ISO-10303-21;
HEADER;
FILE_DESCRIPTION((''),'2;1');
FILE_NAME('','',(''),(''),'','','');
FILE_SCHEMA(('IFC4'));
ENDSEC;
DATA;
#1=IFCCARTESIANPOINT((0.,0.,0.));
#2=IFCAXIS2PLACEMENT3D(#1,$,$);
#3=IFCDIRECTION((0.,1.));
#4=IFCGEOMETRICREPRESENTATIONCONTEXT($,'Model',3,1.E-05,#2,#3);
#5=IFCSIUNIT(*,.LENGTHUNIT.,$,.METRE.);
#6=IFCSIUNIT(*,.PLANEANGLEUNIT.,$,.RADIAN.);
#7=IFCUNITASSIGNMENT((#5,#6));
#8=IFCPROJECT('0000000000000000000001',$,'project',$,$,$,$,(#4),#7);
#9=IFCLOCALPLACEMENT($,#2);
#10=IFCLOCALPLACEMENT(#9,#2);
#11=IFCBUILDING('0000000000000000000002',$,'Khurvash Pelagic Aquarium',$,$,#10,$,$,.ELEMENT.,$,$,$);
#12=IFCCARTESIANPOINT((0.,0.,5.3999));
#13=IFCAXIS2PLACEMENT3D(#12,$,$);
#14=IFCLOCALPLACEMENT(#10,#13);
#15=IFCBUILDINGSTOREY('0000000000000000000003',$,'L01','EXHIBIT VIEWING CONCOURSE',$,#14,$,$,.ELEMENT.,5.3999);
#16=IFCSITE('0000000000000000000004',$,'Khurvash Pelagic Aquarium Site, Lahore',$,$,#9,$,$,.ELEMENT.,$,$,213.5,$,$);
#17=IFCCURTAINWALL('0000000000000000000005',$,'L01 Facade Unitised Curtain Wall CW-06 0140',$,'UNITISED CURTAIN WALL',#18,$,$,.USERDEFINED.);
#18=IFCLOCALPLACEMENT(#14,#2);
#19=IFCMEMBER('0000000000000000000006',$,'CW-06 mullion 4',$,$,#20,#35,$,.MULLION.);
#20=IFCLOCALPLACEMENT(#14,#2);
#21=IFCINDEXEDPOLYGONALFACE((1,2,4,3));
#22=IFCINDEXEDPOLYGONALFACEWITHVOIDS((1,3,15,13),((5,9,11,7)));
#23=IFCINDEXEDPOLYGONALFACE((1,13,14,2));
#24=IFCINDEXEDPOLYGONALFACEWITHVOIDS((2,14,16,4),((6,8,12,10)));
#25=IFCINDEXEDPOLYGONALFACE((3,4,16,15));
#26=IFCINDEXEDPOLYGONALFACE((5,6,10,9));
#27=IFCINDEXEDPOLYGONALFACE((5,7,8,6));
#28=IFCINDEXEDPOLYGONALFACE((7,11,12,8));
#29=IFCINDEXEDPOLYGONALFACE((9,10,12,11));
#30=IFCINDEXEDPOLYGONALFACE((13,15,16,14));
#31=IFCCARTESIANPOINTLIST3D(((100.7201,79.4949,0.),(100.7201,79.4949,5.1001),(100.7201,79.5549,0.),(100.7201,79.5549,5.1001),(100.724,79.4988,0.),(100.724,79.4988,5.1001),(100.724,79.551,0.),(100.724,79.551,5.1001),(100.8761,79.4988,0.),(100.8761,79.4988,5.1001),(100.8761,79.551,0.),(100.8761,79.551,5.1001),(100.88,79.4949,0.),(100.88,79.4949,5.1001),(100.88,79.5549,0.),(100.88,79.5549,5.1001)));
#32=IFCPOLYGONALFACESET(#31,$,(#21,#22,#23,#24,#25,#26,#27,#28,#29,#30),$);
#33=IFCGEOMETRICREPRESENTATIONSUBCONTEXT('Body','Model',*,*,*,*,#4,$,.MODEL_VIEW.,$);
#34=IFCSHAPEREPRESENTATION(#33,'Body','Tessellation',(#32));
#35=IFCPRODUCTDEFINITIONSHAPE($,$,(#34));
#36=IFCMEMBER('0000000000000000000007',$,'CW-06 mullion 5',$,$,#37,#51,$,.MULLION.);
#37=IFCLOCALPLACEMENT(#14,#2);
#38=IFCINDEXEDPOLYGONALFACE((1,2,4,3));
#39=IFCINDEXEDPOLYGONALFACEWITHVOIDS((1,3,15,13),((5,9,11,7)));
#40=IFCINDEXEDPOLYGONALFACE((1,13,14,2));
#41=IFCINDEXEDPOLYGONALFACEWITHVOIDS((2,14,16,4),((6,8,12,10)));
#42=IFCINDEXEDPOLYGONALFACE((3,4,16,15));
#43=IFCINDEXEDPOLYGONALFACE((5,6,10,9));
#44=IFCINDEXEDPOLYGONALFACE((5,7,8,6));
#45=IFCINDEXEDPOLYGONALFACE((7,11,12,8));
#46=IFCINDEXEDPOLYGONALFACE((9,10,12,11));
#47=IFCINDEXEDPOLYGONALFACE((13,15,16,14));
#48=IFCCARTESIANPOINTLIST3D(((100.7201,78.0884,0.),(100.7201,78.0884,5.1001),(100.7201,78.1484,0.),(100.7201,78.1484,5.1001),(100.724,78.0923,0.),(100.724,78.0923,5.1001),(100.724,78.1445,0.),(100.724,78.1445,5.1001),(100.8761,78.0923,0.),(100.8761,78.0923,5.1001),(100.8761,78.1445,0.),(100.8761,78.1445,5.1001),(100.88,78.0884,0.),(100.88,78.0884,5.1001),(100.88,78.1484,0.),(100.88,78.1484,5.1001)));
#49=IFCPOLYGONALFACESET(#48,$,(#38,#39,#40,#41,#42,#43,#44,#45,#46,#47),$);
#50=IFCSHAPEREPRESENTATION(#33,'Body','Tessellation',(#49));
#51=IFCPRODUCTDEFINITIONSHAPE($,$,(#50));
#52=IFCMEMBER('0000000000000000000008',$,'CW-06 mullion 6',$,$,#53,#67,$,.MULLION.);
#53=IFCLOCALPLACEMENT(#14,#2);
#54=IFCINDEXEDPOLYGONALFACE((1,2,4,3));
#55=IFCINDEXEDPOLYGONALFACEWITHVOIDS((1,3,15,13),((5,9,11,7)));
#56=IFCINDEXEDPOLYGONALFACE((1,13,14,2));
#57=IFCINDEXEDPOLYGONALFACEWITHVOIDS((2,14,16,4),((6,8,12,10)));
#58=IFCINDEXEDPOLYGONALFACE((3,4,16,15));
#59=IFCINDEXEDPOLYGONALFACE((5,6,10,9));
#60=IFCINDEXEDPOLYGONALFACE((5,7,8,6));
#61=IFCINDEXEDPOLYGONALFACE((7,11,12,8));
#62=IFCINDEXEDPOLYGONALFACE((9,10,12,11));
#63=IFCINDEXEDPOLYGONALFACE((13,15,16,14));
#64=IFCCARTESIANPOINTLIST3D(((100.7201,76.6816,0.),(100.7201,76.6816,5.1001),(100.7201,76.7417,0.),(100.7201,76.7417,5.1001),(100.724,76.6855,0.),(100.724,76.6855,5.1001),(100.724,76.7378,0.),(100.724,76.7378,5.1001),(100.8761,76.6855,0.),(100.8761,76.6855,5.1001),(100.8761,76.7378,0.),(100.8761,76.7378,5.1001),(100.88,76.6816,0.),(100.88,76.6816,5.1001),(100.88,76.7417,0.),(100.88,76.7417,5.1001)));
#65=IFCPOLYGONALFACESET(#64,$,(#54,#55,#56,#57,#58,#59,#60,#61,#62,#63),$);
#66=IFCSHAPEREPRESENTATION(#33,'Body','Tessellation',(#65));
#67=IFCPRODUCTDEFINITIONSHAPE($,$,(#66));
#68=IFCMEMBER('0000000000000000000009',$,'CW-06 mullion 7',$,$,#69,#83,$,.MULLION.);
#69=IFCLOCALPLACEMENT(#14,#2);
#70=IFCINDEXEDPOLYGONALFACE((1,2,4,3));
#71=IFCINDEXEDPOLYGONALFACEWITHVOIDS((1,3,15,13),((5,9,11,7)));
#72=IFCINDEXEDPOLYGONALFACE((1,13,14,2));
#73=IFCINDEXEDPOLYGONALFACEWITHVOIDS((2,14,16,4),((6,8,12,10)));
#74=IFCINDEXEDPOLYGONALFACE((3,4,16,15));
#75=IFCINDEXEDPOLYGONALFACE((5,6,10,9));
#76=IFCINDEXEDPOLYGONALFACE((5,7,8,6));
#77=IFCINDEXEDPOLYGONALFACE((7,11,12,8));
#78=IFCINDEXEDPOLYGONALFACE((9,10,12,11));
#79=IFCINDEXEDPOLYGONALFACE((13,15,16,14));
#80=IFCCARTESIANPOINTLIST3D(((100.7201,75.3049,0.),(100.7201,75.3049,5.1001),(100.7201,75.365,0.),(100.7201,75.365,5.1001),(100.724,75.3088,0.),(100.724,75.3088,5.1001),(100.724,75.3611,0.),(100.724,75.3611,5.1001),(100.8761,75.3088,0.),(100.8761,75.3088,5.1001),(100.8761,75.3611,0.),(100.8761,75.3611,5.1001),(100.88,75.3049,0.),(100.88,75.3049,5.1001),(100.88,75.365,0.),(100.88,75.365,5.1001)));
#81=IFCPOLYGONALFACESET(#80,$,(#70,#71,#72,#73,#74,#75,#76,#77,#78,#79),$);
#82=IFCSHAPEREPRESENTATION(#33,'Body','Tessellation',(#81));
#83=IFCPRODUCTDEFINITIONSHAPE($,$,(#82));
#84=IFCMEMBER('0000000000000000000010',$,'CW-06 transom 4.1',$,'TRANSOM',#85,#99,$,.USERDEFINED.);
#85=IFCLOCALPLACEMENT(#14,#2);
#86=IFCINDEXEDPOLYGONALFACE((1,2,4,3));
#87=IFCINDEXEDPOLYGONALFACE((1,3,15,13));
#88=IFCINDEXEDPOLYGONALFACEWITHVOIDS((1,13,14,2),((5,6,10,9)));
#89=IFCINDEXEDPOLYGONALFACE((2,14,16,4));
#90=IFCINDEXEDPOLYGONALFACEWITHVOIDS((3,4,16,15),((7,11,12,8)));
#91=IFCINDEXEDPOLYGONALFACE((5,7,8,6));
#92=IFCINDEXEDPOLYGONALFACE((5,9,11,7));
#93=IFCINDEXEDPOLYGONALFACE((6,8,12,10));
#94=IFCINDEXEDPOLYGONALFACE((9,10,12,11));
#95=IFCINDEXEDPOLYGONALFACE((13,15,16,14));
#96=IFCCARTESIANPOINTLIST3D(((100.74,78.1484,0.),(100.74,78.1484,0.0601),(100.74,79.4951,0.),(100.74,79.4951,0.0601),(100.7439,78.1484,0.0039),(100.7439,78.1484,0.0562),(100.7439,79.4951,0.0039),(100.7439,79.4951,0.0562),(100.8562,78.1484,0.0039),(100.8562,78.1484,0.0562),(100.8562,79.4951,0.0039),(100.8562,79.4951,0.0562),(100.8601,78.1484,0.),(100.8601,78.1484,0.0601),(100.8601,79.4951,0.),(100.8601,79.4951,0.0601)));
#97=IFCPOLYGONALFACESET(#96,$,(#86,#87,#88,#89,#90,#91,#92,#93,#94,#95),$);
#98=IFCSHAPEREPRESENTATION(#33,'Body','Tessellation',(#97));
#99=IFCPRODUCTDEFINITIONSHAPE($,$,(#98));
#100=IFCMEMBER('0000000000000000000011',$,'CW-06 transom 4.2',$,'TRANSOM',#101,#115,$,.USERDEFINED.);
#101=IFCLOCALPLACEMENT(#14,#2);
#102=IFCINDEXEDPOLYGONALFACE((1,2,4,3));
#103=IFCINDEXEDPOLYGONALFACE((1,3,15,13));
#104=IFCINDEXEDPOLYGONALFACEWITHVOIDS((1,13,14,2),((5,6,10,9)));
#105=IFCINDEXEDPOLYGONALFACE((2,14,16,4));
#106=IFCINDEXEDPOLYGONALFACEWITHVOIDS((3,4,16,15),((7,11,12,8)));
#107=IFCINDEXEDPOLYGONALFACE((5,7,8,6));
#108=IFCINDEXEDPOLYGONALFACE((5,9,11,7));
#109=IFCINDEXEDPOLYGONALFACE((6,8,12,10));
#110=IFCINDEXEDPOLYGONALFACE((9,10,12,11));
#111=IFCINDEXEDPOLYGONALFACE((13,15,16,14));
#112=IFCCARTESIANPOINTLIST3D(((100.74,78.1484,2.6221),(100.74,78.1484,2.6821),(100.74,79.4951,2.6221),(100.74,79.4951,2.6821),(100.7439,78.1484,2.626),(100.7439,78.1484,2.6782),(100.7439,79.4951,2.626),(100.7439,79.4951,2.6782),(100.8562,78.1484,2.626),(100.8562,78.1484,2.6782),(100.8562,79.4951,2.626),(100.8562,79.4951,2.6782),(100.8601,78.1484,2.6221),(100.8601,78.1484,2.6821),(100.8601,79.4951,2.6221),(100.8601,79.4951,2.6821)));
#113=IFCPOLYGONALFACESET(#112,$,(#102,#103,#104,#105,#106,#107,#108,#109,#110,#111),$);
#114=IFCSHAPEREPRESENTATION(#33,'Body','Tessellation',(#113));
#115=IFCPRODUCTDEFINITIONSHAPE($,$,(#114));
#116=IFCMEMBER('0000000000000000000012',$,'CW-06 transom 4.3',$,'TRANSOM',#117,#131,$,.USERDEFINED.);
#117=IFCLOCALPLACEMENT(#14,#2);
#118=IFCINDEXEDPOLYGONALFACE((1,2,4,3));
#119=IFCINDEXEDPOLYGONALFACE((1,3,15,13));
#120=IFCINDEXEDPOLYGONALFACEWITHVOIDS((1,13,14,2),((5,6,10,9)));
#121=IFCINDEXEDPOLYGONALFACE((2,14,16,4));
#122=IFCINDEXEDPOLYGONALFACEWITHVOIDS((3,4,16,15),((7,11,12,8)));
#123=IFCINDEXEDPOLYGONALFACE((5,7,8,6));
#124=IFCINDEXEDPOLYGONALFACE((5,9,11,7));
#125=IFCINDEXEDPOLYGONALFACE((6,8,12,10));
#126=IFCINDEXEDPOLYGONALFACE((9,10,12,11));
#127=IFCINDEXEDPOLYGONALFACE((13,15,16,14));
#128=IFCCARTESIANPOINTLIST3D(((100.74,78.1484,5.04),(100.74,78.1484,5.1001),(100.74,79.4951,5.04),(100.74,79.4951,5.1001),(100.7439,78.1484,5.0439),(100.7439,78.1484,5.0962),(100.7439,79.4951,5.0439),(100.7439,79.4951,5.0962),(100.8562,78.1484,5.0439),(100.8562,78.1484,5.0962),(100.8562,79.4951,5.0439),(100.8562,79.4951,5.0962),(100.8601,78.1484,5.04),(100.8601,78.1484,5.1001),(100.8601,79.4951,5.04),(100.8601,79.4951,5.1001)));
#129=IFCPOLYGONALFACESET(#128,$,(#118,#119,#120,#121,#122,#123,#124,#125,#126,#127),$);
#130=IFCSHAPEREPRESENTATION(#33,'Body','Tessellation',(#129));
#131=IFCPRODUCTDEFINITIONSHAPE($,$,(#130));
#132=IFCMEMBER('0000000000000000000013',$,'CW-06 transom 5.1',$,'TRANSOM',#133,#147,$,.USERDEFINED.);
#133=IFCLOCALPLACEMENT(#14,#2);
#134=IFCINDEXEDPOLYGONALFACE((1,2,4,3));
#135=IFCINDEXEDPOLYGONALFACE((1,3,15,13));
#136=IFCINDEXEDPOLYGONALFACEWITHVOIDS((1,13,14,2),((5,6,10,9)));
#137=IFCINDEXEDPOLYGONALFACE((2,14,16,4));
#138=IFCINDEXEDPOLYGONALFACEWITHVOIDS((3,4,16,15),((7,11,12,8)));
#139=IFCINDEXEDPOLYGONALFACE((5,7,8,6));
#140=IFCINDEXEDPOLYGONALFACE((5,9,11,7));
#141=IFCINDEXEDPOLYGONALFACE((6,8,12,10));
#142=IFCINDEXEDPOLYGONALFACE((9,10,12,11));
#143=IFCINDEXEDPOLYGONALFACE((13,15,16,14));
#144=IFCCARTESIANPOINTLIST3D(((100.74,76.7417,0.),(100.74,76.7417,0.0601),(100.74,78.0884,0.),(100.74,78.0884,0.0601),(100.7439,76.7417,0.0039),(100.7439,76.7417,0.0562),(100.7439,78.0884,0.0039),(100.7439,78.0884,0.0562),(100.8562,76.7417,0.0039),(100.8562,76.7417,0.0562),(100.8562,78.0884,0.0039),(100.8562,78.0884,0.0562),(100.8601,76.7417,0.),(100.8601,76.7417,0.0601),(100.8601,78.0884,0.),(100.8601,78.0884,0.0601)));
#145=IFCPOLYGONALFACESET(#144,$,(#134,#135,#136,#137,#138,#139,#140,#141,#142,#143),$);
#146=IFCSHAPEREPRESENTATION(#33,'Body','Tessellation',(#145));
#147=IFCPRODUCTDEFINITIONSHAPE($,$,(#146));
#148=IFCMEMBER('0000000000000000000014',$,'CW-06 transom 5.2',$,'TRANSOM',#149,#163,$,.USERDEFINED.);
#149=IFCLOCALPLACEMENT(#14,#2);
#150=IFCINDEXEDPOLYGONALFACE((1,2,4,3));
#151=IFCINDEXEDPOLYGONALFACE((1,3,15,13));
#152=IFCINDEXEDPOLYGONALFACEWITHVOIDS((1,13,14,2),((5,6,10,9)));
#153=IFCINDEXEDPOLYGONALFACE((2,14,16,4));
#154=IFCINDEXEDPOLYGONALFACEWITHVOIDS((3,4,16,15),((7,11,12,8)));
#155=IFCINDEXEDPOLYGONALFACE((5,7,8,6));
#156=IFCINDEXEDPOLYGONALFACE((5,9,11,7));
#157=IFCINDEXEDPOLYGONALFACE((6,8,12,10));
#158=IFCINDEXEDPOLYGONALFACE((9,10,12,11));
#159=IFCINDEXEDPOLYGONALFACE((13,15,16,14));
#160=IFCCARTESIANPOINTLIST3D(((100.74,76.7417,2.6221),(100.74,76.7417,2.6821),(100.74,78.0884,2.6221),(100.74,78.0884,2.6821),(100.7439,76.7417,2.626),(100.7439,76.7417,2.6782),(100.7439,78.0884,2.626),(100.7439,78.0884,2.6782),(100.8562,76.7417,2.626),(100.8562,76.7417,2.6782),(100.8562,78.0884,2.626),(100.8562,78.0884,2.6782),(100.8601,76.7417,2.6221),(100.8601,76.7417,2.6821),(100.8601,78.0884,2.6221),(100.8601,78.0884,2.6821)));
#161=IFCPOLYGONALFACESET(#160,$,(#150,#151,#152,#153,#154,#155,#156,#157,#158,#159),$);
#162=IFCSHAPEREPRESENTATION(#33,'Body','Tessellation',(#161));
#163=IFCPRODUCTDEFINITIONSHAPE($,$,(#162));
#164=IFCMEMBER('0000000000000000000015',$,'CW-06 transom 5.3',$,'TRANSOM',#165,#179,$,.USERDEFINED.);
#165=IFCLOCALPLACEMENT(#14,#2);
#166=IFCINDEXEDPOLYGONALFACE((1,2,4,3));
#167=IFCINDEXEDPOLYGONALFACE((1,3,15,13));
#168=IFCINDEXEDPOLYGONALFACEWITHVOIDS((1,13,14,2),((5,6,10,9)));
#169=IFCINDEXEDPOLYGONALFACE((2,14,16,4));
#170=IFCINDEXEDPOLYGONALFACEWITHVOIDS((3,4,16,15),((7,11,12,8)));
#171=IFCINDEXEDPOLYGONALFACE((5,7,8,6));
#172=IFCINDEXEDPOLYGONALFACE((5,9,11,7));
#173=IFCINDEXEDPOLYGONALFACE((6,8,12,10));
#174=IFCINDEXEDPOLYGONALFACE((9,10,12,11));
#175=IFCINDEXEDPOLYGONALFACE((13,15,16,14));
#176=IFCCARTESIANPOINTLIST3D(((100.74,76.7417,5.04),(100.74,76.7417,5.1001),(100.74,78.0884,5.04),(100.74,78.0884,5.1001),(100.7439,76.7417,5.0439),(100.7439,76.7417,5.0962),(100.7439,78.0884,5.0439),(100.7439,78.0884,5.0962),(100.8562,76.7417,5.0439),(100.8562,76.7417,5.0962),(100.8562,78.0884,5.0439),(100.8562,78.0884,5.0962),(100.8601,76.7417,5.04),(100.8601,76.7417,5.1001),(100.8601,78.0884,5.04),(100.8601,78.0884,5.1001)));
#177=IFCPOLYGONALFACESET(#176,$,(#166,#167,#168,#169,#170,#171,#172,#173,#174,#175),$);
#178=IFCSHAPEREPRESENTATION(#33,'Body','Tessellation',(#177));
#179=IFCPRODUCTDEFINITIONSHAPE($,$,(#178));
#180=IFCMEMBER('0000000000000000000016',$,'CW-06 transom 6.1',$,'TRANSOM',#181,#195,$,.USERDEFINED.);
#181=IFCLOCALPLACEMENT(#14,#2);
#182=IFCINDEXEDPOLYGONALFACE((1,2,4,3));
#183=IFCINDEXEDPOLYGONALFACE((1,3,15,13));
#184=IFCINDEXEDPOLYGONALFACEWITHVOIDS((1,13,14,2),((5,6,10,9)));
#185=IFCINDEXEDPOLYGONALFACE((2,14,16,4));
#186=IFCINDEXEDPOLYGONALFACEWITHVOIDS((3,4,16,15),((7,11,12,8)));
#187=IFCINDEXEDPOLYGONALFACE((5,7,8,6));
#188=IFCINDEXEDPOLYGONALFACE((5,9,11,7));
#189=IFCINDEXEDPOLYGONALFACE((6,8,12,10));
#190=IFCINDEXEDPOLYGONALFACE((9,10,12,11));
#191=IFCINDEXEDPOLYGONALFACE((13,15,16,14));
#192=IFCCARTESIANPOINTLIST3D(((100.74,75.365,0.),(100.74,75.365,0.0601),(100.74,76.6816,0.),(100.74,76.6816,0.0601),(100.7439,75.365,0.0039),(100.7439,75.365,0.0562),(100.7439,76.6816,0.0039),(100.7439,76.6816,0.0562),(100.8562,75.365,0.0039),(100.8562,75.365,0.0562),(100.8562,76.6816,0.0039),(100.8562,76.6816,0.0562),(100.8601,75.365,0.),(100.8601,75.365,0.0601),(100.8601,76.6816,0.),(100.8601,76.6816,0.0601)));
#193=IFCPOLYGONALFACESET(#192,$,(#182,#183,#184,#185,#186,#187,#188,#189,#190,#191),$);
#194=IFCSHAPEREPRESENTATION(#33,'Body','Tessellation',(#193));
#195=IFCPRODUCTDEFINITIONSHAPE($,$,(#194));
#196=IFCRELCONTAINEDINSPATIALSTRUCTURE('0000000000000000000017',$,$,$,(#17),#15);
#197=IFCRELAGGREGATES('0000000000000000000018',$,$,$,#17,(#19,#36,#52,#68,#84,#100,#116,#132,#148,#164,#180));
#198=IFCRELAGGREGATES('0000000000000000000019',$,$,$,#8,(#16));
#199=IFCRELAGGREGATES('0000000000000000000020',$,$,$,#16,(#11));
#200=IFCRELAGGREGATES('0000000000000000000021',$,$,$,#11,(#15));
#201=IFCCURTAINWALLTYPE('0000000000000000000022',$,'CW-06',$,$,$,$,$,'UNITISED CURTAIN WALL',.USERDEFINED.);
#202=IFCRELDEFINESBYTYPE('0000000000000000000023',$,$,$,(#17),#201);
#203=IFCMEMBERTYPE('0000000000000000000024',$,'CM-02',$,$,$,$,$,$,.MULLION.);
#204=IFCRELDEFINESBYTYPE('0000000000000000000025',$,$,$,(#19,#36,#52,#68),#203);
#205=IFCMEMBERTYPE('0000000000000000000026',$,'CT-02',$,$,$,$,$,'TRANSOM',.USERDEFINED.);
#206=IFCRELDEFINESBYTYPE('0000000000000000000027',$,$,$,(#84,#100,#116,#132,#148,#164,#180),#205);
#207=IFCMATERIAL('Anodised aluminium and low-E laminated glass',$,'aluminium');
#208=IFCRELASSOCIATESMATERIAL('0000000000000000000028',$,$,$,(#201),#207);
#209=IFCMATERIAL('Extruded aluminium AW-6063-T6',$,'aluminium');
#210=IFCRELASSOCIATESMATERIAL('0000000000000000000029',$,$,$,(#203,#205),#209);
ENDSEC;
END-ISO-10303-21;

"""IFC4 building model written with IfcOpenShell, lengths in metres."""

from ifc_helpers import new_model, si_unit, direction, frame, origin, origin_2d, place, context, subcontext, project, spatial, hollow_rectangle, extrude, material, material_profile, profile_set, type_object, element, aggregate, save


model = new_model("IFC4")

# Units and contexts
model_context = context("Model", 3, precision=1e-05, world=origin(), true_north=direction((0.0, 1.0)))
body_context = subcontext(model_context, "Body", "Model", "MODEL_VIEW")
ifc_project = project(units=[si_unit("LENGTHUNIT", "METRE"), si_unit("PLANEANGLEUNIT", "RADIAN")], contexts=[model_context])

# Site, building, storey
site_placement = place(None, origin())
site = spatial("IfcSite", under=ifc_project, at=site_placement, Name="Khurvash Pelagic Aquarium Site, Lahore", CompositionType="ELEMENT", RefElevation=213.5)
building_placement = place(site_placement, origin())
building = spatial("IfcBuilding", under=site, at=building_placement, Name="Khurvash Pelagic Aquarium", CompositionType="ELEMENT")
storey_placement = place(building_placement, frame((0.0, 0.0, 5.3999)))
storey = spatial("IfcBuildingStorey", under=building, at=storey_placement, Name="L01", Description="EXHIBIT VIEWING CONCOURSE", CompositionType="ELEMENT", Elevation=5.3999)

# Curtain wall, members
ifc_material_1 = material(Name="Anodised aluminium and low-E laminated glass", Category="aluminium")
curtain_wall_type = type_object("IfcCurtainWallType", Name="CW-06", ElementType="UNITISED CURTAIN WALL", PredefinedType="USERDEFINED", material=ifc_material_1)
curtain_wall_placement = place(storey_placement, origin())
curtain_wall = element("IfcCurtainWall", 1, at=curtain_wall_placement, inside=storey, type_object=curtain_wall_type, Name="L01 Facade Unitised Curtain Wall CW-06 0140", ObjectType="UNITISED CURTAIN WALL", PredefinedType="USERDEFINED")
ifc_material_2 = material(Name="Extruded aluminium AW-6063-T6", Category="aluminium")
ifc_material_profile_1 = material_profile(ifc_material_2, hollow_rectangle(XDim=0.0601, YDim=0.1599, WallThickness=0.0039, at=origin_2d()), Name="CWM60X160X4")
ifc_profile_set_1 = profile_set([ifc_material_profile_1], Name="Extruded aluminium AW-6063-T6")
member_type_1 = type_object("IfcMemberType", Name="CM-02", PredefinedType="MULLION", material=ifc_profile_set_1)
member_1_placement = place(storey_placement, frame((100.8, 79.5249, 0.0), z_axis=(0.0, 0.0, 1.0), x_axis=(0.0, -1.0, 0.0)))
member_1 = element("IfcMember", 2, at=member_1_placement, type_object=member_type_1, Name="CW-06 mullion 4", PredefinedType="MULLION", context=body_context, shape_type="SweptSolid", body=[
    extrude(hollow_rectangle(XDim=0.0601, YDim=0.1599, WallThickness=0.0039, at=origin_2d()), origin(), (0.0, 0.0, 1.0), 5.1001),
])
member_2_placement = place(storey_placement, frame((100.8, 78.1184, 0.0), z_axis=(0.0, 0.0, 1.0), x_axis=(0.0, -1.0, 0.0)))
member_2 = element("IfcMember", 3, at=member_2_placement, type_object=member_type_1, Name="CW-06 mullion 5", PredefinedType="MULLION", context=body_context, shape_type="SweptSolid", body=[
    extrude(hollow_rectangle(XDim=0.0601, YDim=0.1599, WallThickness=0.0039, at=origin_2d()), origin(), (0.0, 0.0, 1.0), 5.1001),
])
member_3_placement = place(storey_placement, frame((100.8, 76.7117, 0.0), z_axis=(0.0, 0.0, 1.0), x_axis=(0.0, -1.0, 0.0)))
member_3 = element("IfcMember", 4, at=member_3_placement, type_object=member_type_1, Name="CW-06 mullion 6", PredefinedType="MULLION", context=body_context, shape_type="SweptSolid", body=[
    extrude(hollow_rectangle(XDim=0.0601, YDim=0.1599, WallThickness=0.0039, at=origin_2d()), origin(), (0.0, 0.0, 1.0), 5.1001),
])
member_4_placement = place(storey_placement, frame((100.8, 75.335, 0.0), z_axis=(0.0, 0.0, 1.0), x_axis=(0.0, -1.0, 0.0)))
member_4 = element("IfcMember", 5, at=member_4_placement, type_object=member_type_1, Name="CW-06 mullion 7", PredefinedType="MULLION", context=body_context, shape_type="SweptSolid", body=[
    extrude(hollow_rectangle(XDim=0.0601, YDim=0.1599, WallThickness=0.0039, at=origin_2d()), origin(), (0.0, 0.0, 1.0), 5.1001),
])
ifc_material_profile_2 = material_profile(ifc_material_2, hollow_rectangle(XDim=0.1201, YDim=0.0601, WallThickness=0.0039, at=origin_2d()), Name="CWT120X60X4")
ifc_profile_set_2 = profile_set([ifc_material_profile_2], Name="Extruded aluminium AW-6063-T6")
member_type_2 = type_object("IfcMemberType", Name="CT-02", ElementType="TRANSOM", PredefinedType="USERDEFINED", material=ifc_profile_set_2)
member_5_placement = place(storey_placement, frame((100.8, 79.4951, 0.03), z_axis=(0.0, -1.0, 0.0), x_axis=(1.0, 0.0, 0.0)))
member_5 = element("IfcMember", 6, at=member_5_placement, type_object=member_type_2, Name="CW-06 transom 4.1", ObjectType="TRANSOM", PredefinedType="USERDEFINED", context=body_context, shape_type="SweptSolid", body=[
    extrude(hollow_rectangle(XDim=0.1201, YDim=0.0601, WallThickness=0.0039, at=origin_2d()), origin(), (0.0, 0.0, 1.0), 1.3467),
])
member_6_placement = place(storey_placement, frame((100.8, 79.4951, 2.6521), z_axis=(0.0, -1.0, 0.0), x_axis=(1.0, 0.0, 0.0)))
member_6 = element("IfcMember", 7, at=member_6_placement, type_object=member_type_2, Name="CW-06 transom 4.2", ObjectType="TRANSOM", PredefinedType="USERDEFINED", context=body_context, shape_type="SweptSolid", body=[
    extrude(hollow_rectangle(XDim=0.1201, YDim=0.0601, WallThickness=0.0039, at=origin_2d()), origin(), (0.0, 0.0, 1.0), 1.3467),
])
member_7_placement = place(storey_placement, frame((100.8, 79.4951, 5.0701), z_axis=(0.0, -1.0, 0.0), x_axis=(1.0, 0.0, 0.0)))
member_7 = element("IfcMember", 8, at=member_7_placement, type_object=member_type_2, Name="CW-06 transom 4.3", ObjectType="TRANSOM", PredefinedType="USERDEFINED", context=body_context, shape_type="SweptSolid", body=[
    extrude(hollow_rectangle(XDim=0.1201, YDim=0.0601, WallThickness=0.0039, at=origin_2d()), origin(), (0.0, 0.0, 1.0), 1.3467),
])
member_8_placement = place(storey_placement, frame((100.8, 78.0884, 0.03), z_axis=(0.0, -1.0, 0.0), x_axis=(1.0, 0.0, 0.0)))
member_8 = element("IfcMember", 9, at=member_8_placement, type_object=member_type_2, Name="CW-06 transom 5.1", ObjectType="TRANSOM", PredefinedType="USERDEFINED", context=body_context, shape_type="SweptSolid", body=[
    extrude(hollow_rectangle(XDim=0.1201, YDim=0.0601, WallThickness=0.0039, at=origin_2d()), origin(), (0.0, 0.0, 1.0), 1.3467),
])
member_9_placement = place(storey_placement, frame((100.8, 78.0884, 2.6521), z_axis=(0.0, -1.0, 0.0), x_axis=(1.0, 0.0, 0.0)))
member_9 = element("IfcMember", 10, at=member_9_placement, type_object=member_type_2, Name="CW-06 transom 5.2", ObjectType="TRANSOM", PredefinedType="USERDEFINED", context=body_context, shape_type="SweptSolid", body=[
    extrude(hollow_rectangle(XDim=0.1201, YDim=0.0601, WallThickness=0.0039, at=origin_2d()), origin(), (0.0, 0.0, 1.0), 1.3467),
])
member_10_placement = place(storey_placement, frame((100.8, 78.0884, 5.0701), z_axis=(0.0, -1.0, 0.0), x_axis=(1.0, 0.0, 0.0)))
member_10 = element("IfcMember", 11, at=member_10_placement, type_object=member_type_2, Name="CW-06 transom 5.3", ObjectType="TRANSOM", PredefinedType="USERDEFINED", context=body_context, shape_type="SweptSolid", body=[
    extrude(hollow_rectangle(XDim=0.1201, YDim=0.0601, WallThickness=0.0039, at=origin_2d()), origin(), (0.0, 0.0, 1.0), 1.3467),
])
member_11_placement = place(storey_placement, frame((100.8, 76.6816, 0.03), z_axis=(0.0, -1.0, 0.0), x_axis=(1.0, 0.0, 0.0)))
member_11 = element("IfcMember", 12, at=member_11_placement, type_object=member_type_2, Name="CW-06 transom 6.1", ObjectType="TRANSOM", PredefinedType="USERDEFINED", context=body_context, shape_type="SweptSolid", body=[
    extrude(hollow_rectangle(XDim=0.1201, YDim=0.0601, WallThickness=0.0039, at=origin_2d()), origin(), (0.0, 0.0, 1.0), 1.3167),
])

aggregate(curtain_wall, [member_1, member_2, member_3, member_4, member_5, member_6, member_7, member_8, member_9, member_10, member_11])

save(model, "model.ifc")
